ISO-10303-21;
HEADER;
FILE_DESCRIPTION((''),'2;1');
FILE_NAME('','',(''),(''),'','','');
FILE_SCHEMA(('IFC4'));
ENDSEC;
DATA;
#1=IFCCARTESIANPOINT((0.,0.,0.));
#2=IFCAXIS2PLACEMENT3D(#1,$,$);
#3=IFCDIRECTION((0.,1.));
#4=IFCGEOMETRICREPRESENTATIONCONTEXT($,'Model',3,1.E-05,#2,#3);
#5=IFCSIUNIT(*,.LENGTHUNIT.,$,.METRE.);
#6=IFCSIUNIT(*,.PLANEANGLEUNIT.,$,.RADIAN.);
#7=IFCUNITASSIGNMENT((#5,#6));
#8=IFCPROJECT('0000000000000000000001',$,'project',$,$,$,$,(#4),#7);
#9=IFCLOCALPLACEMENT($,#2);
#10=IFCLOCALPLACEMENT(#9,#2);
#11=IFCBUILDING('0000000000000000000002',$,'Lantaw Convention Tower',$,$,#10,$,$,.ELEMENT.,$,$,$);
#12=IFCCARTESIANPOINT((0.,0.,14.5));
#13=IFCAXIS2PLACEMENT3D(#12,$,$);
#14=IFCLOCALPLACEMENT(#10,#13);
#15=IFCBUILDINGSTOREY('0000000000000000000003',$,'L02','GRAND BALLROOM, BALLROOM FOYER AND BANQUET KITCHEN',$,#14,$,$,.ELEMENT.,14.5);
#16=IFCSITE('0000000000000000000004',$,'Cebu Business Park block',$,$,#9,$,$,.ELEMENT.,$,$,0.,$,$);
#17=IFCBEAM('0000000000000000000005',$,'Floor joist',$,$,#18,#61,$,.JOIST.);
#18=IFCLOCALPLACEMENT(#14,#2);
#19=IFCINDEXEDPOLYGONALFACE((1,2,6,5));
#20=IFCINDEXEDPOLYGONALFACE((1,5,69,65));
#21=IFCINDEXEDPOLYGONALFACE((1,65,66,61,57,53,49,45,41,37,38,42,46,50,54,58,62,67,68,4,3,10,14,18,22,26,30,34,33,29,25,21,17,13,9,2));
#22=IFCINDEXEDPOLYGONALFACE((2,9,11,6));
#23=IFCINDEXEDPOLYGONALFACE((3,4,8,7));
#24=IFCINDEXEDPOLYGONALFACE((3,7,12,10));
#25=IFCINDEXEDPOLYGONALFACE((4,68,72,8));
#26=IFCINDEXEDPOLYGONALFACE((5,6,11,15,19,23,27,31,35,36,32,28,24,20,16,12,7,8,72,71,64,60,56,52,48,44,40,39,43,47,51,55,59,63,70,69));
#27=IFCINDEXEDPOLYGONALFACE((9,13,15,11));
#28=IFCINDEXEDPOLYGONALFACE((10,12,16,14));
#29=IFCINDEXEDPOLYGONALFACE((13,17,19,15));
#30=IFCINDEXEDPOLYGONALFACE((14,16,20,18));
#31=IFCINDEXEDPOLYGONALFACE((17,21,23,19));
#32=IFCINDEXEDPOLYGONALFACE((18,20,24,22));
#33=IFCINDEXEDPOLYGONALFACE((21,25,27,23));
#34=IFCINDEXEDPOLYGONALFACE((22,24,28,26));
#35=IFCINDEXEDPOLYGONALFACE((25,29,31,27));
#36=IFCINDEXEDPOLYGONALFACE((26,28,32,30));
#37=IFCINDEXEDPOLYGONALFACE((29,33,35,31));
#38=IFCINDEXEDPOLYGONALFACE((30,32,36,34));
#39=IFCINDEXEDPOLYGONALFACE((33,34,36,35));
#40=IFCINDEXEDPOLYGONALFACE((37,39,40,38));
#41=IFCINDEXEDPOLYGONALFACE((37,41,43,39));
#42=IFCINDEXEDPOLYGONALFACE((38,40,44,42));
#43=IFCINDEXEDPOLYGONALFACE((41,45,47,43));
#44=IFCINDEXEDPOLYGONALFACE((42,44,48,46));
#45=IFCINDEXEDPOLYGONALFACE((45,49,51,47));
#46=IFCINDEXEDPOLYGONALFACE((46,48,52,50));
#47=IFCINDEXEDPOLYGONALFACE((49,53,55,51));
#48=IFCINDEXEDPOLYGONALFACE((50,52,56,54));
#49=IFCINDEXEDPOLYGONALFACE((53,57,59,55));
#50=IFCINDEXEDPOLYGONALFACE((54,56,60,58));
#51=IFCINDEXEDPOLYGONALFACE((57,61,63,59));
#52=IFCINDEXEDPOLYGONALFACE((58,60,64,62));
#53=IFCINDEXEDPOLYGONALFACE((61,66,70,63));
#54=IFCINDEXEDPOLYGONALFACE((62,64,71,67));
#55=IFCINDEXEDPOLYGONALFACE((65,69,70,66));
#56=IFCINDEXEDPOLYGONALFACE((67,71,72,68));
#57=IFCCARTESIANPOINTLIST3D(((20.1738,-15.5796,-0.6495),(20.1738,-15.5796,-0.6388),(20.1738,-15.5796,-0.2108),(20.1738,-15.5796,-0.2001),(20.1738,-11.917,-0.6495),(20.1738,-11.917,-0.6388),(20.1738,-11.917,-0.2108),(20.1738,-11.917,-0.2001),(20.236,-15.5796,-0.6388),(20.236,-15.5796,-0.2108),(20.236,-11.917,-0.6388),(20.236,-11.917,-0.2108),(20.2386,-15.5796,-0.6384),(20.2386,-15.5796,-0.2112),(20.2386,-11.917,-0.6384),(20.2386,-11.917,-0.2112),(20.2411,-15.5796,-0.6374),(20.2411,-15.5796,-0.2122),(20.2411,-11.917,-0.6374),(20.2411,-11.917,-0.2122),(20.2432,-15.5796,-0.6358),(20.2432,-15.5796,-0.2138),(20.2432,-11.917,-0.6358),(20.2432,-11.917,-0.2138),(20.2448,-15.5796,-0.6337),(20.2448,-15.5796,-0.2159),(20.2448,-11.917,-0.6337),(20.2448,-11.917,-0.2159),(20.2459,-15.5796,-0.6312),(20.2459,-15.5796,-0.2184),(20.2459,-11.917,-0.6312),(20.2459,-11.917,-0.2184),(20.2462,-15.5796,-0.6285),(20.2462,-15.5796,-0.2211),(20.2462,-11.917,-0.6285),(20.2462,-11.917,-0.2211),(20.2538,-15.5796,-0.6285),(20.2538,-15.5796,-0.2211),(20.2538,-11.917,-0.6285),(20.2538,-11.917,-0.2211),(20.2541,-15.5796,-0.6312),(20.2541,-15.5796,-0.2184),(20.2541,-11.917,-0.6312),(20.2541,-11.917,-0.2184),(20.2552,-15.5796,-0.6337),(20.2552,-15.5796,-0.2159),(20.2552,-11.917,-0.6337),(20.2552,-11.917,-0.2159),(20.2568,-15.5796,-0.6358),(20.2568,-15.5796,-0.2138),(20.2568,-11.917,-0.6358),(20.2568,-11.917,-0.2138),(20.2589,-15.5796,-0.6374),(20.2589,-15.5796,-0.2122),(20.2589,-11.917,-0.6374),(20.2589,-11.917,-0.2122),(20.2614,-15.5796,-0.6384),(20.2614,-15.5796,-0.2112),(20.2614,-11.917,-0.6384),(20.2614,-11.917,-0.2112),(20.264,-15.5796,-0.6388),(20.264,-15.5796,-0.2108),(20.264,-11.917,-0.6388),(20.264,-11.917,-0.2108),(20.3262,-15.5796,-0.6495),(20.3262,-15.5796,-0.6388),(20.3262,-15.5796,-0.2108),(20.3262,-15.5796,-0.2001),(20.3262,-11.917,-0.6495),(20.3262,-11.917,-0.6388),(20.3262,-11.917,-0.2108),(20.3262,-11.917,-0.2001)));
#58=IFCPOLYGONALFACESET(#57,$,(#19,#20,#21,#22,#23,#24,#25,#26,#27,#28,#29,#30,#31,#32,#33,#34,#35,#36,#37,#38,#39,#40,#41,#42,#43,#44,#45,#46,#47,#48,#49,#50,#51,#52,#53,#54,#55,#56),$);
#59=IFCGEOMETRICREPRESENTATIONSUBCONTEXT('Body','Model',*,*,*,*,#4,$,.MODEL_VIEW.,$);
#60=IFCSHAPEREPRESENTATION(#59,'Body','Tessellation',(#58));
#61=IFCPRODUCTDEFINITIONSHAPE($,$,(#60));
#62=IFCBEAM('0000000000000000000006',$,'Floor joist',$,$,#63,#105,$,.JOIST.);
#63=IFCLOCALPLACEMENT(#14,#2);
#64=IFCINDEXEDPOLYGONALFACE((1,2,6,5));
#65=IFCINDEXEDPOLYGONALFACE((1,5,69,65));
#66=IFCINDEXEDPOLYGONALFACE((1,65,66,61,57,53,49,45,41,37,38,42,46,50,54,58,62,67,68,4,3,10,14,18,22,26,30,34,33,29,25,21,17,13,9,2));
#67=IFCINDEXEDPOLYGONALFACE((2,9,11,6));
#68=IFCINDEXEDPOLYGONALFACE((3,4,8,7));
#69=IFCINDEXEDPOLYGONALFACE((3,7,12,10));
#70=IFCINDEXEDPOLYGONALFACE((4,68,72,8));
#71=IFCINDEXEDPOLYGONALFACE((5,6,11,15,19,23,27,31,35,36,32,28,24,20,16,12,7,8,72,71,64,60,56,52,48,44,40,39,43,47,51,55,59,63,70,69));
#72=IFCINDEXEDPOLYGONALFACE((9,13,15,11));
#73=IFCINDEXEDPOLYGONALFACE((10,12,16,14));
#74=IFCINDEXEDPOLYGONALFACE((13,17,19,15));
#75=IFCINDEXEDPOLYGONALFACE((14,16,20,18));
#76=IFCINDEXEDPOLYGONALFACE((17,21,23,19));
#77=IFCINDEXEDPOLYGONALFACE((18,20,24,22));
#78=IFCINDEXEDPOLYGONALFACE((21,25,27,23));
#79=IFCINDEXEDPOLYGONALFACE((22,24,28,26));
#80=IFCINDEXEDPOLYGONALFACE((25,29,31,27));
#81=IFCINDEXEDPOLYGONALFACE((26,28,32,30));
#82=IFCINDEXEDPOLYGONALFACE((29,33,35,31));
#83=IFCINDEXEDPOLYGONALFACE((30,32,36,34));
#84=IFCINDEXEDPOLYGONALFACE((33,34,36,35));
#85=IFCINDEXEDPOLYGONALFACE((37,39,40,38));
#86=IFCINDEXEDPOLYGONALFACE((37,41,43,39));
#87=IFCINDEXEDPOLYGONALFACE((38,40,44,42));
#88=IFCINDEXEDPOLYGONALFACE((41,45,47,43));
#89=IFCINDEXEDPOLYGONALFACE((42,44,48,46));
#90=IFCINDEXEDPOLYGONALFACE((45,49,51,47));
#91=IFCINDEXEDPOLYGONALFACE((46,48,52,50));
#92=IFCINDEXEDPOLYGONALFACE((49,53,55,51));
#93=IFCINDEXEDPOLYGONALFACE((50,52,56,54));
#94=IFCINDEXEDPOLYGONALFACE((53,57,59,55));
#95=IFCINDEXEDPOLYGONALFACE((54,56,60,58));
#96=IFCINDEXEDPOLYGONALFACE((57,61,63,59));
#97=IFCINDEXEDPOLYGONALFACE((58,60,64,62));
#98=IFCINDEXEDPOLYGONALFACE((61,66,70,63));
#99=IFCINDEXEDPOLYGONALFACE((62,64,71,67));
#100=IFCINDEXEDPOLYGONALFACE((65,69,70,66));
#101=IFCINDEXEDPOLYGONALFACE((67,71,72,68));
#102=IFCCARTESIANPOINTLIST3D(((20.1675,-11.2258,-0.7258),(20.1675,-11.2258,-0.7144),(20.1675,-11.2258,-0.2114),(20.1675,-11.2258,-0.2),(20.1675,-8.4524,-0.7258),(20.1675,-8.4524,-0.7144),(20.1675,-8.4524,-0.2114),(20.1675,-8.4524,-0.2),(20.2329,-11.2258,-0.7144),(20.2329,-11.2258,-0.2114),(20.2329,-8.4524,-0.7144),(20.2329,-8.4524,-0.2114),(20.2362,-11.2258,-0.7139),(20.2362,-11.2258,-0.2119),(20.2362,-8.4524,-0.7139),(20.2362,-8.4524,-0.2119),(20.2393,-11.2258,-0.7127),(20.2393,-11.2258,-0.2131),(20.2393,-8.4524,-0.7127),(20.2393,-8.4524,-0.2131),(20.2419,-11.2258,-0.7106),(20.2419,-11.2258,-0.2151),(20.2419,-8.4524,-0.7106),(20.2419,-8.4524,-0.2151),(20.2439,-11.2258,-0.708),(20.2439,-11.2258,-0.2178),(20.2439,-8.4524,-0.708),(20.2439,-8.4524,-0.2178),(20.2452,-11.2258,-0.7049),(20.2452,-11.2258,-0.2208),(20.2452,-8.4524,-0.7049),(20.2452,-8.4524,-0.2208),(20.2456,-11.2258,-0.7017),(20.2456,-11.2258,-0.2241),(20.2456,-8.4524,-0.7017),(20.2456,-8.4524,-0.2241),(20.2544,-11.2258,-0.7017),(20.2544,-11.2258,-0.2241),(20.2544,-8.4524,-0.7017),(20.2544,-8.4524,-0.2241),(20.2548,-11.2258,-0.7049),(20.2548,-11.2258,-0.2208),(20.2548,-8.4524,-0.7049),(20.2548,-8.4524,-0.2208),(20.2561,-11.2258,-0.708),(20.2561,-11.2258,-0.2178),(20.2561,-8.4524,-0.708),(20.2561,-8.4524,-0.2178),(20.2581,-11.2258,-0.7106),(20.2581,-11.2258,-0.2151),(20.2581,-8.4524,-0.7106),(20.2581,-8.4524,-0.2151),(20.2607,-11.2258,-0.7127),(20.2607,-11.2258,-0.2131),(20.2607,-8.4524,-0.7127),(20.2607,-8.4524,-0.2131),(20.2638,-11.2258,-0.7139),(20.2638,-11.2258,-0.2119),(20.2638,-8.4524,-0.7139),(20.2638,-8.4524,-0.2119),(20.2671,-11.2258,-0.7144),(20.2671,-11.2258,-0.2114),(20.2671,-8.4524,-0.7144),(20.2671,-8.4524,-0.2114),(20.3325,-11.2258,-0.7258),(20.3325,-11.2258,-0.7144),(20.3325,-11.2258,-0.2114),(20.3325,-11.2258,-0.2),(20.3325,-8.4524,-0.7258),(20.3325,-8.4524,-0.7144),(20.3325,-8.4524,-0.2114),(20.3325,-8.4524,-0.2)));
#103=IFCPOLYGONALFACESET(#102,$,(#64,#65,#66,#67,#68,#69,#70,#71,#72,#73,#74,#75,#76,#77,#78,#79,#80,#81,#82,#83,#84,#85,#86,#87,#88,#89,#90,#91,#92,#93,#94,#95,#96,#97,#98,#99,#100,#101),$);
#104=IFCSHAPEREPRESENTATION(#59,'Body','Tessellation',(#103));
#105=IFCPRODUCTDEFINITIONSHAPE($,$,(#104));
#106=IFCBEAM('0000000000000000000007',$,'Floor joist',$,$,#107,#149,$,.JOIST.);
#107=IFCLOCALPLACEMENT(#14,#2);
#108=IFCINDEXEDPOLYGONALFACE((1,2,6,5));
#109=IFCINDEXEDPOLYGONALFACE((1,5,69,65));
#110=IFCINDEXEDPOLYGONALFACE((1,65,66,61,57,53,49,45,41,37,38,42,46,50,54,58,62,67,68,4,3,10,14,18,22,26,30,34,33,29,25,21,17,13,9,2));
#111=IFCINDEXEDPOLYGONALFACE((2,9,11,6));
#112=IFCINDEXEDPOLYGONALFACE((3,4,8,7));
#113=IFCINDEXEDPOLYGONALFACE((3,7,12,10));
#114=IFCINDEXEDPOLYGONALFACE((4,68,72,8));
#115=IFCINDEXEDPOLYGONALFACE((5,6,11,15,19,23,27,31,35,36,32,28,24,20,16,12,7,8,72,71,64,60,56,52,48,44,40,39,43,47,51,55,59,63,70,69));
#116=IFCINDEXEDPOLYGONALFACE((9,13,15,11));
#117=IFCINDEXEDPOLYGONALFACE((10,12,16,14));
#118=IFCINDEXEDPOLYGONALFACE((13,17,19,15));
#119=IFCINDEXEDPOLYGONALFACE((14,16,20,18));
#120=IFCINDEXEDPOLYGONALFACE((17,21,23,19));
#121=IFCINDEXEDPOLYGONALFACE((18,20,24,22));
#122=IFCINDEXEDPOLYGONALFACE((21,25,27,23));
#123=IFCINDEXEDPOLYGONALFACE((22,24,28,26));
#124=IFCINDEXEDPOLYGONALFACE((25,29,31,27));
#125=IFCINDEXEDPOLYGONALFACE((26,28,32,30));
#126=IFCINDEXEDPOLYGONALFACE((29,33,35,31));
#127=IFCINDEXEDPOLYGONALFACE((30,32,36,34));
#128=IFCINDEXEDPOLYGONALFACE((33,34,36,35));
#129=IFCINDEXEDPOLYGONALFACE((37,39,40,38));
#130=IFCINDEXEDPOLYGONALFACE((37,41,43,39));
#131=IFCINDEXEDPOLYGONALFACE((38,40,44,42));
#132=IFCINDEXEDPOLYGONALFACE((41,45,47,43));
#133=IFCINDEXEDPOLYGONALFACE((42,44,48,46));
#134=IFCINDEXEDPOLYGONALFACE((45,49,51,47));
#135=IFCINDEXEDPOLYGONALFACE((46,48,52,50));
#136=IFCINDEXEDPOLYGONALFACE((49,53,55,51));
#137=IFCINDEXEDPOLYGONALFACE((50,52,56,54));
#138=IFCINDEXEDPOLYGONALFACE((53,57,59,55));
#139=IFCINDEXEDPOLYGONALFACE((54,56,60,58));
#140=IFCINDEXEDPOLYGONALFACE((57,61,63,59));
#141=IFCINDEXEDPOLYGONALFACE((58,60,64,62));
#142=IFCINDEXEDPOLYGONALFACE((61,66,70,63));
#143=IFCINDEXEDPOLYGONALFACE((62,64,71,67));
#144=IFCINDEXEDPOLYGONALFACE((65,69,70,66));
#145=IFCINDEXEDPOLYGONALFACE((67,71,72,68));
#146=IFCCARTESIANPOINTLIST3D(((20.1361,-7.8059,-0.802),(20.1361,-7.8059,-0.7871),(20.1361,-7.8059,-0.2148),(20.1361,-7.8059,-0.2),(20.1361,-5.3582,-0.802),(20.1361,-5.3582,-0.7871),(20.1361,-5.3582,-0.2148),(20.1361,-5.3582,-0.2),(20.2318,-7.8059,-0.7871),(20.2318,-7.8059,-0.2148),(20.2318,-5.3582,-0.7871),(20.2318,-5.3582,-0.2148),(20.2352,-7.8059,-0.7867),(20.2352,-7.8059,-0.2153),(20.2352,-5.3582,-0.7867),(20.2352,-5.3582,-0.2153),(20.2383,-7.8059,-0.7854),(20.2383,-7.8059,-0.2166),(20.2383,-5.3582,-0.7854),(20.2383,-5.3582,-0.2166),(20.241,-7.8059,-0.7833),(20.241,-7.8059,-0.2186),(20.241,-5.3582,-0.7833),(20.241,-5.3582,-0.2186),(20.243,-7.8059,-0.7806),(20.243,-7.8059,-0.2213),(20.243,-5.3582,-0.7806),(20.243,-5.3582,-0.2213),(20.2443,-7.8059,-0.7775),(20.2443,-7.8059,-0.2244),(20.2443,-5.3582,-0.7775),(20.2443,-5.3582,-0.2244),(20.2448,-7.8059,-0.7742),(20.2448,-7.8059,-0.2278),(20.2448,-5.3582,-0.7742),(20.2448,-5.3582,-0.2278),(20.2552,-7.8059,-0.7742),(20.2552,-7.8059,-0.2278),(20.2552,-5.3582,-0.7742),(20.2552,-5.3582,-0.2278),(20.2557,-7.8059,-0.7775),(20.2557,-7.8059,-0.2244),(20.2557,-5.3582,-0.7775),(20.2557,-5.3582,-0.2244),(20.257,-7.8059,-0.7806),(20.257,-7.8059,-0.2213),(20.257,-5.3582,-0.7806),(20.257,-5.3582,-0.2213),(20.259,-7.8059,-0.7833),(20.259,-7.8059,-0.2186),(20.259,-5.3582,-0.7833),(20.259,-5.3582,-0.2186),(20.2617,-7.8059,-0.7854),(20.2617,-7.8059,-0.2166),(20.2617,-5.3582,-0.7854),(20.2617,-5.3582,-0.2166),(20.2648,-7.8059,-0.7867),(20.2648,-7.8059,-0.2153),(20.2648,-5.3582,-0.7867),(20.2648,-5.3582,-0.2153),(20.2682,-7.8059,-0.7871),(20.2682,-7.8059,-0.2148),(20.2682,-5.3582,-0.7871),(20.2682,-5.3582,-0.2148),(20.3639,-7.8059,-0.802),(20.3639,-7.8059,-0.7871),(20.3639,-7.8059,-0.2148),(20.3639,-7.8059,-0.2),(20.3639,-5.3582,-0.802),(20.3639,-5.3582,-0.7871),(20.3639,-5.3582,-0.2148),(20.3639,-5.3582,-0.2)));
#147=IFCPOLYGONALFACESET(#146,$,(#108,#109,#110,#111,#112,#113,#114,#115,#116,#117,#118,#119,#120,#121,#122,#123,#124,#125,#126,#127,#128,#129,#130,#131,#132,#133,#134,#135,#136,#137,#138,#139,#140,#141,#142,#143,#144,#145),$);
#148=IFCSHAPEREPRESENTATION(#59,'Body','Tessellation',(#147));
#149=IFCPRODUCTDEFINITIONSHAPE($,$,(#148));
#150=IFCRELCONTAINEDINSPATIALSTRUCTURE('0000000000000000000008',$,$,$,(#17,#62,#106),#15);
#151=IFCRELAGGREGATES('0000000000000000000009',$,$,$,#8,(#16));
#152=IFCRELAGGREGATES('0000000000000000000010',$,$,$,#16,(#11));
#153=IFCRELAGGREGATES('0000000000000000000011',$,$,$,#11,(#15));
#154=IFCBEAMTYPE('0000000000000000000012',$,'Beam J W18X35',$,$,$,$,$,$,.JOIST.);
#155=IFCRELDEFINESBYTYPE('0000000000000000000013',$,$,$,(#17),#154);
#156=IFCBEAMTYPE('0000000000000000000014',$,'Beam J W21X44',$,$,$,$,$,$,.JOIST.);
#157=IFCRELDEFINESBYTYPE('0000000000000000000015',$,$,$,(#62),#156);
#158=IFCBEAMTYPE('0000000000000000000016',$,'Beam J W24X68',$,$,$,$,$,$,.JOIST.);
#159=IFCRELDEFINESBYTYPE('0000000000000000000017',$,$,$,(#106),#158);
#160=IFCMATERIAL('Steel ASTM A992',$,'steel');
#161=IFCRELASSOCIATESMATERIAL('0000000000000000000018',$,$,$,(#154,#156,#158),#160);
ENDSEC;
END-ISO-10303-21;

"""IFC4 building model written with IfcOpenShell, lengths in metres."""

from ifc_helpers import new_model, si_unit, direction, frame, origin, origin_2d, place, context, subcontext, project, spatial, i_section, extrude, material, material_profile, profile_set, type_object, element, save


model = new_model("IFC4")

# Units and contexts
model_context = context("Model", 3, precision=1e-05, world=origin(), true_north=direction((0.0, 1.0)))
body_context = subcontext(model_context, "Body", "Model", "MODEL_VIEW")
ifc_project = project(units=[si_unit("LENGTHUNIT", "METRE"), si_unit("PLANEANGLEUNIT", "RADIAN")], contexts=[model_context])

# Site, building, storey
site_placement = place(None, origin())
site = spatial("IfcSite", under=ifc_project, at=site_placement, Name="Cebu Business Park block", CompositionType="ELEMENT", RefElevation=0.0)
building_placement = place(site_placement, origin())
building = spatial("IfcBuilding", under=site, at=building_placement, Name="Lantaw Convention Tower", CompositionType="ELEMENT")
storey_placement = place(building_placement, frame((0.0, 0.0, 14.5)))
storey = spatial("IfcBuildingStorey", under=building, at=storey_placement, Name="L02", Description="GRAND BALLROOM, BALLROOM FOYER AND BANQUET KITCHEN", CompositionType="ELEMENT", Elevation=14.5)

# Beams
ifc_material_1 = material(Name="Steel ASTM A992", Category="steel")
ifc_material_profile_1 = material_profile(ifc_material_1, i_section(OverallWidth=0.1523, OverallDepth=0.4495, WebThickness=0.0076, FlangeThickness=0.0107, FilletRadius=0.0103, at=origin_2d()), Name="W18X35")
ifc_profile_set_1 = profile_set([ifc_material_profile_1], Name="Steel ASTM A992")
beam_type_1 = type_object("IfcBeamType", Name="Beam J W18X35", PredefinedType="JOIST", material=ifc_profile_set_1)
beam_1_placement = place(storey_placement, frame((20.25, -15.5796, -0.4248), z_axis=(0.0, 1.0, 0.0), x_axis=(-1.0, 0.0, 0.0)))
element("IfcBeam", 1, at=beam_1_placement, inside=storey, type_object=beam_type_1, Name="Floor joist", PredefinedType="JOIST", context=body_context, shape_type="SweptSolid", body=[
    extrude(i_section(OverallWidth=0.1523, OverallDepth=0.4495, WebThickness=0.0076, FlangeThickness=0.0107, FilletRadius=0.0103, at=origin_2d()), origin(), (0.0, 0.0, 1.0), 3.6626),
])
ifc_material_profile_2 = material_profile(ifc_material_1, i_section(OverallWidth=0.165, OverallDepth=0.5259, WebThickness=0.0088, FlangeThickness=0.0115, FilletRadius=0.0127, at=origin_2d()), Name="W21X44")
ifc_profile_set_2 = profile_set([ifc_material_profile_2], Name="Steel ASTM A992")
beam_type_2 = type_object("IfcBeamType", Name="Beam J W21X44", PredefinedType="JOIST", material=ifc_profile_set_2)
beam_2_placement = place(storey_placement, frame((20.25, -11.2258, -0.4629), z_axis=(0.0, 1.0, 0.0), x_axis=(-1.0, 0.0, 0.0)))
element("IfcBeam", 2, at=beam_2_placement, inside=storey, type_object=beam_type_2, Name="Floor joist", PredefinedType="JOIST", context=body_context, shape_type="SweptSolid", body=[
    extrude(i_section(OverallWidth=0.165, OverallDepth=0.5259, WebThickness=0.0088, FlangeThickness=0.0115, FilletRadius=0.0127, at=origin_2d()), origin(), (0.0, 0.0, 1.0), 2.7734),
])
ifc_material_profile_3 = material_profile(ifc_material_1, i_section(OverallWidth=0.2278, OverallDepth=0.6021, WebThickness=0.0105, FlangeThickness=0.0149, FilletRadius=0.0129, at=origin_2d()), Name="W24X68")
ifc_profile_set_3 = profile_set([ifc_material_profile_3], Name="Steel ASTM A992")
beam_type_3 = type_object("IfcBeamType", Name="Beam J W24X68", PredefinedType="JOIST", material=ifc_profile_set_3)
beam_3_placement = place(storey_placement, frame((20.25, -7.8059, -0.501), z_axis=(0.0, 1.0, 0.0), x_axis=(-1.0, 0.0, 0.0)))
element("IfcBeam", 3, at=beam_3_placement, inside=storey, type_object=beam_type_3, Name="Floor joist", PredefinedType="JOIST", context=body_context, shape_type="SweptSolid", body=[
    extrude(i_section(OverallWidth=0.2278, OverallDepth=0.6021, WebThickness=0.0105, FlangeThickness=0.0149, FilletRadius=0.0129, at=origin_2d()), origin(), (0.0, 0.0, 1.0), 2.4478),
])

save(model, "model.ifc")
